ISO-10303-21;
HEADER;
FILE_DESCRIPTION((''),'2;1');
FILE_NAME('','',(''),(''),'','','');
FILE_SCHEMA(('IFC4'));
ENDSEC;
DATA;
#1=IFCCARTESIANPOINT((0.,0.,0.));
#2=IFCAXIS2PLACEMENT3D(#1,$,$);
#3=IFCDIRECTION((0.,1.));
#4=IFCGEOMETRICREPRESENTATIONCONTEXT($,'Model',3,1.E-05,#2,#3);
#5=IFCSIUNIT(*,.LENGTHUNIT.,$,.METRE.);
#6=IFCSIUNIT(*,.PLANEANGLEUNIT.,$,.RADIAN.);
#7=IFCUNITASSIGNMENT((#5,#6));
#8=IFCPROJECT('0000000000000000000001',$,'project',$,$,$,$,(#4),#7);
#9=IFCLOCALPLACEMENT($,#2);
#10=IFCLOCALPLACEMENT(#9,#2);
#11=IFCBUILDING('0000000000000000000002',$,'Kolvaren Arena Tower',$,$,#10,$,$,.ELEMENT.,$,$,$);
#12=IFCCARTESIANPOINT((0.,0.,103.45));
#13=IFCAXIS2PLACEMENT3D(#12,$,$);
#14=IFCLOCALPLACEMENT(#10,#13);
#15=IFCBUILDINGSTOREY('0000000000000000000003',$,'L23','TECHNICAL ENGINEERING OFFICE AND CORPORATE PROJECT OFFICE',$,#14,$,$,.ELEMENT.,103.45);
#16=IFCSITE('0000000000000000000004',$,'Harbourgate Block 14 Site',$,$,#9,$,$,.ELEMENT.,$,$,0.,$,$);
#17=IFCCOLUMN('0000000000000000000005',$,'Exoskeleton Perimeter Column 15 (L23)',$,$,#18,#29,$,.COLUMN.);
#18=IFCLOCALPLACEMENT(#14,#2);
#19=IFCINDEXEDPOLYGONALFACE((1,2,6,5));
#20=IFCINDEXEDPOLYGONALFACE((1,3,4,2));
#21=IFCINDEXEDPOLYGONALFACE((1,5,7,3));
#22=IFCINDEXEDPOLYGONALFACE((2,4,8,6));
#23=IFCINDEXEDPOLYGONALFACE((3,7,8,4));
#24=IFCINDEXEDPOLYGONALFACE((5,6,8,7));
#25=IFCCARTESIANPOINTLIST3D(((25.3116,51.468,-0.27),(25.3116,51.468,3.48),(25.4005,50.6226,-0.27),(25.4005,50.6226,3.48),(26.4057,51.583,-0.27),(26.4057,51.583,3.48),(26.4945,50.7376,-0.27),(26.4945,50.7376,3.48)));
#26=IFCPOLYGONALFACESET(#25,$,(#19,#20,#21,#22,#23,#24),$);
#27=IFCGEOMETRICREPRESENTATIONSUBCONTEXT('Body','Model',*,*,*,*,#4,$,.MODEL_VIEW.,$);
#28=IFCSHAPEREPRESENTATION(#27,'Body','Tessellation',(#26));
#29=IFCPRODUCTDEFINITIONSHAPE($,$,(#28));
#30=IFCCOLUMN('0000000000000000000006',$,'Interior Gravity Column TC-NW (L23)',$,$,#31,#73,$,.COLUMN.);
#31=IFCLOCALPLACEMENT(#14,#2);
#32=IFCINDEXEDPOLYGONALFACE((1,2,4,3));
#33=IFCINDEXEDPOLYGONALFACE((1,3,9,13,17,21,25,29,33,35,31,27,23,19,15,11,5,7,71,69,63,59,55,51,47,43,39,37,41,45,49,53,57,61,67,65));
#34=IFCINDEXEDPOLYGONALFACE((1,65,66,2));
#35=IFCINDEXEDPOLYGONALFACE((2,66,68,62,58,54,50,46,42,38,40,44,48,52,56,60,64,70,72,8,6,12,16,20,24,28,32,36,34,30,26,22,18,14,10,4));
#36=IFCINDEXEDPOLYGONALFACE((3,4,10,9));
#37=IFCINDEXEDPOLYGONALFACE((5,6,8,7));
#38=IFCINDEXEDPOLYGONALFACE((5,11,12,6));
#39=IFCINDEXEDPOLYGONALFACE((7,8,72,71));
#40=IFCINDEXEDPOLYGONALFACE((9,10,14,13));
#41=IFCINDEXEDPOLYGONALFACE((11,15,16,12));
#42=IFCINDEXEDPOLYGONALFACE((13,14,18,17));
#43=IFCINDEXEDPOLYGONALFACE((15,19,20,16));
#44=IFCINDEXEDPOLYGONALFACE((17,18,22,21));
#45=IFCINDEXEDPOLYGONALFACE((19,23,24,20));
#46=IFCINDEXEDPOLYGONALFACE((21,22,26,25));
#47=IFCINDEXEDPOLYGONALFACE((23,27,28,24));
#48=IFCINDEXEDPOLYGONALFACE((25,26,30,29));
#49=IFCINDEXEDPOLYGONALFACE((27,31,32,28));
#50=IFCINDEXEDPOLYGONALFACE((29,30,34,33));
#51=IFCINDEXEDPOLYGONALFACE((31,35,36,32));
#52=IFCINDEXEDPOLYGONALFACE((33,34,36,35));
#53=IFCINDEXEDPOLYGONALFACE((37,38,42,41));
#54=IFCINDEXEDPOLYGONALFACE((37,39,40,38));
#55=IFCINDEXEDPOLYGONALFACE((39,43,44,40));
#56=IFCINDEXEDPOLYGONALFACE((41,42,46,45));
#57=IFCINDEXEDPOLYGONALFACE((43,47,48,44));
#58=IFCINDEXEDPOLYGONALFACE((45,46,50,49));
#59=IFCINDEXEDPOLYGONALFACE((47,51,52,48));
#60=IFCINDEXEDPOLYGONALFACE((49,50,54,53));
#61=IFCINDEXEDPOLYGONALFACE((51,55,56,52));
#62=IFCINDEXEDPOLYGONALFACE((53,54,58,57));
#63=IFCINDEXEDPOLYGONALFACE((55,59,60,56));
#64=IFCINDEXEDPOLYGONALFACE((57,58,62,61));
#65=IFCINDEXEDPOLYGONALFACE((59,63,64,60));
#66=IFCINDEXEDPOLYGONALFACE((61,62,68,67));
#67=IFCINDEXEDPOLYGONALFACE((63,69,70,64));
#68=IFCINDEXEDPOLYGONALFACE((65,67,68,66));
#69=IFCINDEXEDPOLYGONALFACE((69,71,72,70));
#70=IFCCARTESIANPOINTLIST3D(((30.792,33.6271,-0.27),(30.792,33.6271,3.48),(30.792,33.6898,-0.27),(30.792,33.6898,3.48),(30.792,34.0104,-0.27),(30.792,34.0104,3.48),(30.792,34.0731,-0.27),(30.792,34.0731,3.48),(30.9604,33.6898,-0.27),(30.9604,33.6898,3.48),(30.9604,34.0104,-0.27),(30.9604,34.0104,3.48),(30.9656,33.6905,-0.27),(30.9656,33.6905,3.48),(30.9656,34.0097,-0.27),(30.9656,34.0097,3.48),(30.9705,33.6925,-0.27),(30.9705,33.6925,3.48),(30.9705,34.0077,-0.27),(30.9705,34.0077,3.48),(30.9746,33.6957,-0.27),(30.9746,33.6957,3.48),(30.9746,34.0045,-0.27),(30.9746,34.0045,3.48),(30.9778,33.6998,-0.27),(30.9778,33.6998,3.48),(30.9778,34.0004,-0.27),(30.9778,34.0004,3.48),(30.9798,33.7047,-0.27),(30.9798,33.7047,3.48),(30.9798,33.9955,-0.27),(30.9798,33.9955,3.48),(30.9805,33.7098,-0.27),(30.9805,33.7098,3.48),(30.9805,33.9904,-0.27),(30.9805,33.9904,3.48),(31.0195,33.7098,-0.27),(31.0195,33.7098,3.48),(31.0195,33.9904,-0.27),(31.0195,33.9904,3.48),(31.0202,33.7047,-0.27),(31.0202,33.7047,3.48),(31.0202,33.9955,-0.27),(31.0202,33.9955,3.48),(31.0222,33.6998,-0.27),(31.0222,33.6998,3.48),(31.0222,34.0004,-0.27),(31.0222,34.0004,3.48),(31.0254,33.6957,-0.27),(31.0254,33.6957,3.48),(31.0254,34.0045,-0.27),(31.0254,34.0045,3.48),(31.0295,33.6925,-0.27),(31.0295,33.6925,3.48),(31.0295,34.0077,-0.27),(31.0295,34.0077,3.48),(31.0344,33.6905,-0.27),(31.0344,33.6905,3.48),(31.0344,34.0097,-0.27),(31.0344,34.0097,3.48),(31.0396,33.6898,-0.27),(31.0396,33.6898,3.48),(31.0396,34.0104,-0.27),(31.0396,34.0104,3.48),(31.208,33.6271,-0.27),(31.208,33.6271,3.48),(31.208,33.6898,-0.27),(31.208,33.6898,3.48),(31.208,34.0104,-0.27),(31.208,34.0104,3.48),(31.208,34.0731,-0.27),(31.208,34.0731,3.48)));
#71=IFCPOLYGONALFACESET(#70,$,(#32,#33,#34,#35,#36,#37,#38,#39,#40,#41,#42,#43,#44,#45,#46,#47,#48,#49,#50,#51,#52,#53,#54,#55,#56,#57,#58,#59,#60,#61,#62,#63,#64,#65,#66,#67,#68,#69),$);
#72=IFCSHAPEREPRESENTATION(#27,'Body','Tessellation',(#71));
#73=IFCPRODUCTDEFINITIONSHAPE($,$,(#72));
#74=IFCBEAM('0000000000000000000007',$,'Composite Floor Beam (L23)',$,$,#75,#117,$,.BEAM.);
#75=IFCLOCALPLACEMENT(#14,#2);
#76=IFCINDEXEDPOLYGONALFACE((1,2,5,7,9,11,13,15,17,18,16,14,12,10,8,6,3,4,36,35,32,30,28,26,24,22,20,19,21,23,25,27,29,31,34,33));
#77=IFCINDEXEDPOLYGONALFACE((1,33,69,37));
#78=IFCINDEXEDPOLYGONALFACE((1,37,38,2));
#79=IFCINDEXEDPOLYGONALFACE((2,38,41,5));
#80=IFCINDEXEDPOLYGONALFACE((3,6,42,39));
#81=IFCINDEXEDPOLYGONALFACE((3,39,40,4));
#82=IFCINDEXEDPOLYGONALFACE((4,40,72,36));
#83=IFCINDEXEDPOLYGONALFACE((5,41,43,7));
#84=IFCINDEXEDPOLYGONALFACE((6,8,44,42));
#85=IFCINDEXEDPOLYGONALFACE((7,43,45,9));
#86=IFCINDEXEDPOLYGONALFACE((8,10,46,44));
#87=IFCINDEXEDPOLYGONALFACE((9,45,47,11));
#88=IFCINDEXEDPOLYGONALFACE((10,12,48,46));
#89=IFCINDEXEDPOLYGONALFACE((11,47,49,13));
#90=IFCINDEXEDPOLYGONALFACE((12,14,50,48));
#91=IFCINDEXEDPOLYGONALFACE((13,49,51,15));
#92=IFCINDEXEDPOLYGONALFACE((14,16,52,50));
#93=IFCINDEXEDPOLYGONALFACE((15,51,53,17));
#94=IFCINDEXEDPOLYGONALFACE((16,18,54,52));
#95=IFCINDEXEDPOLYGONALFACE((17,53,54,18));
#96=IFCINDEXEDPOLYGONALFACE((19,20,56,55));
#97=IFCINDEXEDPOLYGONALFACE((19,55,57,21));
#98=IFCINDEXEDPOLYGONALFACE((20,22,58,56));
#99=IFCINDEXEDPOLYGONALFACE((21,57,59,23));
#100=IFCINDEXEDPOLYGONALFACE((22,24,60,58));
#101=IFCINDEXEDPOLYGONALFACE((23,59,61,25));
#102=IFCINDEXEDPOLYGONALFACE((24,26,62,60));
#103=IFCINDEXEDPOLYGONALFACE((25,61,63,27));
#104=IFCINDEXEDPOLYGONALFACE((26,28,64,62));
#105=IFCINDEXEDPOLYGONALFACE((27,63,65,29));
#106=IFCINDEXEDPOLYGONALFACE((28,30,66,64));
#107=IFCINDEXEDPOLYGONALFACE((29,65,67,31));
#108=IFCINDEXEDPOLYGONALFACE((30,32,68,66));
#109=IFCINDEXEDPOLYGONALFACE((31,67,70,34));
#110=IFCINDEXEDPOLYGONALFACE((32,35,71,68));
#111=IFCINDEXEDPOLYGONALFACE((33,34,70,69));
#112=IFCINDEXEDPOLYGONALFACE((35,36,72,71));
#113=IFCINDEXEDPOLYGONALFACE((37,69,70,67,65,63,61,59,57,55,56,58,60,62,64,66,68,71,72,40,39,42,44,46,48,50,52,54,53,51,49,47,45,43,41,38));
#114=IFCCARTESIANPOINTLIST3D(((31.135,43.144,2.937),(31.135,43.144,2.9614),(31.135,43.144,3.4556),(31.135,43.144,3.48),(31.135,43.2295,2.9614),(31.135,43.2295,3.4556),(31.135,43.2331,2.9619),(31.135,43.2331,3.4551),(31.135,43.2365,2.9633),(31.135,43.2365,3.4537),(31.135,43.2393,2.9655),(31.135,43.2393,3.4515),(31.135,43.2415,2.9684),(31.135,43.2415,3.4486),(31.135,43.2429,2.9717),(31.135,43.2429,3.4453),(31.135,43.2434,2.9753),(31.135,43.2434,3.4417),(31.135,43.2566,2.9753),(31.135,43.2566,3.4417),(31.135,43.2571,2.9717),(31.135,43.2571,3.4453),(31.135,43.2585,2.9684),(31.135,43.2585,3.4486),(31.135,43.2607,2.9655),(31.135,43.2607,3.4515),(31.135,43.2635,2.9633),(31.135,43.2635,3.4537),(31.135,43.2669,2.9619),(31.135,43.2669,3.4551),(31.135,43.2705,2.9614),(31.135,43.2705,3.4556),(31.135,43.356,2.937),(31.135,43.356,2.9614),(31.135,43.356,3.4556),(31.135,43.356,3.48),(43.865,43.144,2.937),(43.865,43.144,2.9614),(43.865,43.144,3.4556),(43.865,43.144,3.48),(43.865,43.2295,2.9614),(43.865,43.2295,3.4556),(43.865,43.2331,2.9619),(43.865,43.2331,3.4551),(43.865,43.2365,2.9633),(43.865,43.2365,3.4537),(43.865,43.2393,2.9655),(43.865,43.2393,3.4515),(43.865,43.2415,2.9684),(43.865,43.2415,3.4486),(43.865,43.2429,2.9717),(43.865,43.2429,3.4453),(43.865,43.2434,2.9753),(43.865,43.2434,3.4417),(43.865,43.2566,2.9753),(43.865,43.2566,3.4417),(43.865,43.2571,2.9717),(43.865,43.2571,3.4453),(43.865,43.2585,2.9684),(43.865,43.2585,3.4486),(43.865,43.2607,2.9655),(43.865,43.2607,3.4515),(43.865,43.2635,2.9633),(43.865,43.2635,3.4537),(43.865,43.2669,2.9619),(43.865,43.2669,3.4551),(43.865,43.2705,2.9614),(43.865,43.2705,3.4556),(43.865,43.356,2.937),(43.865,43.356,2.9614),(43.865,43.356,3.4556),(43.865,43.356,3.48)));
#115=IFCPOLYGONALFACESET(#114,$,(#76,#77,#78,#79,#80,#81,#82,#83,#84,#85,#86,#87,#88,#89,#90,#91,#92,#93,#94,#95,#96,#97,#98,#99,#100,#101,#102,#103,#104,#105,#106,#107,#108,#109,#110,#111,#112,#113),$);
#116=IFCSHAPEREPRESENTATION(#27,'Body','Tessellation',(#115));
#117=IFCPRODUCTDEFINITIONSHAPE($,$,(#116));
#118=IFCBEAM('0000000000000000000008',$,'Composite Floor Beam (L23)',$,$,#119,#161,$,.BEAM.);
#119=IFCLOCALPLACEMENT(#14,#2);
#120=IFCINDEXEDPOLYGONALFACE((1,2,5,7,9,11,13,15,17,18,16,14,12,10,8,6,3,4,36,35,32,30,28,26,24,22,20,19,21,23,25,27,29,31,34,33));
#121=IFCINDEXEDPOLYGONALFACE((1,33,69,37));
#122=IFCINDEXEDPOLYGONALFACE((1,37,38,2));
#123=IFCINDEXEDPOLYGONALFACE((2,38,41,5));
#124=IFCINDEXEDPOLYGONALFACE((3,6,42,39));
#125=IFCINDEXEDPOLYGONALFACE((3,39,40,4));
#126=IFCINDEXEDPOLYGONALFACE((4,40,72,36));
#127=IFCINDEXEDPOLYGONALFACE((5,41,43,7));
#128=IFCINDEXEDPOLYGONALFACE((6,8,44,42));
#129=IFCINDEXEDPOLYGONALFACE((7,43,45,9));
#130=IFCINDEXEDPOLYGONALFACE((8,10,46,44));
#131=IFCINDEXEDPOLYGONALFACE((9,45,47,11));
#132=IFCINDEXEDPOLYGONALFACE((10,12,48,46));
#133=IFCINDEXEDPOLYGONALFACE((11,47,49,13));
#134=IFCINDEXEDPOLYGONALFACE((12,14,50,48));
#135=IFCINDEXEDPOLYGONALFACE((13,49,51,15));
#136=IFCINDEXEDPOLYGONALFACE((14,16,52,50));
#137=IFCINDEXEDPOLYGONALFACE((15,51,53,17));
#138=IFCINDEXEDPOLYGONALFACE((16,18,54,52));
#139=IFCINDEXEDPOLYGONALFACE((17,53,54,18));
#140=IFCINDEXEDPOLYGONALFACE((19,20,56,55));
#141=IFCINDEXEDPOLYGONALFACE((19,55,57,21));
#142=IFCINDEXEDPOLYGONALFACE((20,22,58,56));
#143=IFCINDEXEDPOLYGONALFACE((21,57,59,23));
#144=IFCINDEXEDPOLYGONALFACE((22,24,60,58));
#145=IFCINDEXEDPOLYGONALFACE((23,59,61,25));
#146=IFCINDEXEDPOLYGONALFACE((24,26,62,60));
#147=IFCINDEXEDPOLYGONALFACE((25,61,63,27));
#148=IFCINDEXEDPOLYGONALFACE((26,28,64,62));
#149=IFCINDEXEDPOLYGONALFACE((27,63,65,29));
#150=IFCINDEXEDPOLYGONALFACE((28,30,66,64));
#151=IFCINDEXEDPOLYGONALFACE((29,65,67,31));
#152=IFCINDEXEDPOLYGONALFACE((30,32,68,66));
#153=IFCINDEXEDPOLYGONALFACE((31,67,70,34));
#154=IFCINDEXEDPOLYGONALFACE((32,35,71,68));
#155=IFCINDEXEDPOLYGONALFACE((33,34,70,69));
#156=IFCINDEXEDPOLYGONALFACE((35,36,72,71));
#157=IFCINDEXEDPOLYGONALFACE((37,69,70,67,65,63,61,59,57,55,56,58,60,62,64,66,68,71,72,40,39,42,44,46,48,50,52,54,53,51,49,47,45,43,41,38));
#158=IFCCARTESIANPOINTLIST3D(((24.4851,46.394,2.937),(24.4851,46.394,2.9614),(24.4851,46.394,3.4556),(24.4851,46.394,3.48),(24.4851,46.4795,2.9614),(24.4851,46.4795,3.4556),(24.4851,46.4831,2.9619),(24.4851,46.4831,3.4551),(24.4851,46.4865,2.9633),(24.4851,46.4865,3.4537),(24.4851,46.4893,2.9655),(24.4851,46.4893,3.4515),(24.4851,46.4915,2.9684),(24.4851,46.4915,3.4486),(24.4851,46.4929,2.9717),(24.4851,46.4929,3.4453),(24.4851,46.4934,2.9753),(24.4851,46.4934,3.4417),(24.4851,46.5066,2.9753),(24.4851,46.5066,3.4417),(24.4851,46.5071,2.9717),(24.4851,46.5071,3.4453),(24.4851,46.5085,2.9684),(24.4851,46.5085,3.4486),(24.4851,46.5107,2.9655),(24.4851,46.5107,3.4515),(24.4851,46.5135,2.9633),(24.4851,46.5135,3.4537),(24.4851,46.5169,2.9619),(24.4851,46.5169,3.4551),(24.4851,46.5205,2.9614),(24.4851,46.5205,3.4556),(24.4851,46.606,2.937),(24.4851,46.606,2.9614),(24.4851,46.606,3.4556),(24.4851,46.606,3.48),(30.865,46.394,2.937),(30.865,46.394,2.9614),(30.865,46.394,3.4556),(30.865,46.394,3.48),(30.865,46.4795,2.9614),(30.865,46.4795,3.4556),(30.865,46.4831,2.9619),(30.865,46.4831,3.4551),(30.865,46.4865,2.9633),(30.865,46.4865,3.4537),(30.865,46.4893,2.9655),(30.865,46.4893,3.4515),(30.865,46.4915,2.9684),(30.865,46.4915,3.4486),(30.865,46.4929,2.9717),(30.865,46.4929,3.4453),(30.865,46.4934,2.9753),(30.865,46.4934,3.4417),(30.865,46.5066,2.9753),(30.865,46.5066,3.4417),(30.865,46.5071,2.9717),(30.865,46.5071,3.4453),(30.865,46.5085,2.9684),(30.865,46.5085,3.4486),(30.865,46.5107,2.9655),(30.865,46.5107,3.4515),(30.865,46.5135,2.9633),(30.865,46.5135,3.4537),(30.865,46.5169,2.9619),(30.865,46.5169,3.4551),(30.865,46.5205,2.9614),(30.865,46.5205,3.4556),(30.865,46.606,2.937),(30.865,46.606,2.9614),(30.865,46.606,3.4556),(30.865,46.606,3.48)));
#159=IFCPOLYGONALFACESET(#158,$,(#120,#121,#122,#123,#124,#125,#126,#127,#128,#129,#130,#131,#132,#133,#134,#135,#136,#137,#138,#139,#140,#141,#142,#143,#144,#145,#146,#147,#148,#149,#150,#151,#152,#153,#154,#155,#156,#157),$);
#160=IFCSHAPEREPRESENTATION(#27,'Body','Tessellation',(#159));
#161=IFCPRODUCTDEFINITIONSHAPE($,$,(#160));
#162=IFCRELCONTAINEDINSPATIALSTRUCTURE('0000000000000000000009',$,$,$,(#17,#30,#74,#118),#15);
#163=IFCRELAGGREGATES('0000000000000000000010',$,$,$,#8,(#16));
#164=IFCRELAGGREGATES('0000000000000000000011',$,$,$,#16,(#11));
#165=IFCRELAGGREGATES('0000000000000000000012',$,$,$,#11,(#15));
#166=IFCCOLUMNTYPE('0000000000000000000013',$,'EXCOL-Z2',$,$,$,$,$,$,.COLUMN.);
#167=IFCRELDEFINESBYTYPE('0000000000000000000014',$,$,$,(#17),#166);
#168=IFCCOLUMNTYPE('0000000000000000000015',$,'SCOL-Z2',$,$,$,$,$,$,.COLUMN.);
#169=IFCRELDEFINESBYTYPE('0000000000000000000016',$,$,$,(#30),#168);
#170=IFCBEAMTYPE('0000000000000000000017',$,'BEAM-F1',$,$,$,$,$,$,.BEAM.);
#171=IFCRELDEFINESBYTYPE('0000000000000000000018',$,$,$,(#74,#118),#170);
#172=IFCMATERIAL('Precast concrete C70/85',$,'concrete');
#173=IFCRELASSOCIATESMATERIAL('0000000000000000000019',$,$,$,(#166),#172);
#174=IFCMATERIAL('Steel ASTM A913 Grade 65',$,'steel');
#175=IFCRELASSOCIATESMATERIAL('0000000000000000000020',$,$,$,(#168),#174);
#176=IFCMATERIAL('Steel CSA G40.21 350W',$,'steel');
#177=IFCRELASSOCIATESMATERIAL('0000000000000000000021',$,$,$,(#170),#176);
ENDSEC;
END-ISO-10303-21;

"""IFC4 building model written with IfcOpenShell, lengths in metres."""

from ifc_helpers import new_model, si_unit, direction, frame, origin, origin_2d, place, context, subcontext, project, spatial, rectangle, i_section, extrude, material, material_profile, profile_set, type_object, element, save


model = new_model("IFC4")

# Units and contexts
model_context = context("Model", 3, precision=1e-05, world=origin(), true_north=direction((0.0, 1.0)))
body_context = subcontext(model_context, "Body", "Model", "MODEL_VIEW")
ifc_project = project(units=[si_unit("LENGTHUNIT", "METRE"), si_unit("PLANEANGLEUNIT", "RADIAN")], contexts=[model_context])

# Site, building, storey
site_placement = place(None, origin())
site = spatial("IfcSite", under=ifc_project, at=site_placement, Name="Harbourgate Block 14 Site", CompositionType="ELEMENT", RefElevation=0.0)
building_placement = place(site_placement, origin())
building = spatial("IfcBuilding", under=site, at=building_placement, Name="Kolvaren Arena Tower", CompositionType="ELEMENT")
storey_placement = place(building_placement, frame((0.0, 0.0, 103.45)))
storey = spatial("IfcBuildingStorey", under=building, at=storey_placement, Name="L23", Description="TECHNICAL ENGINEERING OFFICE AND CORPORATE PROJECT OFFICE", CompositionType="ELEMENT", Elevation=103.45)

# Columns
ifc_material_1 = material(Name="Precast concrete C70/85", Category="concrete")
ifc_material_profile_1 = material_profile(ifc_material_1, rectangle(XDim=1.1001, YDim=0.8501, at=origin_2d()), Name="RC-1100x850")
ifc_profile_set_1 = profile_set([ifc_material_profile_1], Name="Precast concrete C70/85")
column_type_1 = type_object("IfcColumnType", Name="EXCOL-Z2", PredefinedType="COLUMN", material=ifc_profile_set_1)
column_1_placement = place(storey_placement, frame((25.9031, 51.1028, -0.27), z_axis=(0.0, 0.0, 1.0), x_axis=(0.994522, 0.104528, 0.0)))
element("IfcColumn", 1, at=column_1_placement, inside=storey, type_object=column_type_1, Name="Exoskeleton Perimeter Column 15 (L23)", PredefinedType="COLUMN", context=body_context, shape_type="SweptSolid", body=[
    extrude(rectangle(XDim=1.1001, YDim=0.8501, at=origin_2d()), origin(), (0.0, 0.0, 1.0), 3.75),
])
ifc_material_2 = material(Name="Steel ASTM A913 Grade 65", Category="steel")
ifc_material_profile_2 = material_profile(ifc_material_2, i_section(OverallWidth=0.416, OverallDepth=0.446, WebThickness=0.0391, FlangeThickness=0.0627, FilletRadius=0.02, at=origin_2d()), Name="W360x509")
ifc_profile_set_2 = profile_set([ifc_material_profile_2], Name="Steel ASTM A913 Grade 65")
column_type_2 = type_object("IfcColumnType", Name="SCOL-Z2", PredefinedType="COLUMN", material=ifc_profile_set_2)
column_2_placement = place(storey_placement, frame((31.0, 33.8501, -0.27), z_axis=(0.0, 0.0, 1.0), x_axis=(1.0, 0.0, 0.0)))
element("IfcColumn", 2, at=column_2_placement, inside=storey, type_object=column_type_2, Name="Interior Gravity Column TC-NW (L23)", PredefinedType="COLUMN", context=body_context, shape_type="SweptSolid", body=[
    extrude(i_section(OverallWidth=0.416, OverallDepth=0.446, WebThickness=0.0391, FlangeThickness=0.0627, FilletRadius=0.02, at=origin_2d()), origin(), (0.0, 0.0, 1.0), 3.75),
])

# Beams
ifc_material_3 = material(Name="Steel CSA G40.21 350W", Category="steel")
ifc_material_profile_3 = material_profile(ifc_material_3, i_section(OverallWidth=0.2119, OverallDepth=0.543, WebThickness=0.0132, FlangeThickness=0.0244, FilletRadius=0.0139, at=origin_2d()), Name="W530x150")
ifc_profile_set_3 = profile_set([ifc_material_profile_3], Name="Steel CSA G40.21 350W")
beam_type_1 = type_object("IfcBeamType", Name="BEAM-F1", PredefinedType="BEAM", material=ifc_profile_set_3)
beam_1_placement = place(storey_placement, frame((31.135, 43.25, 3.2085), z_axis=(1.0, 0.0, 0.0), x_axis=(0.0, 1.0, 0.0)))
element("IfcBeam", 3, at=beam_1_placement, inside=storey, type_object=beam_type_1, Name="Composite Floor Beam (L23)", PredefinedType="BEAM", context=body_context, shape_type="SweptSolid", body=[
    extrude(i_section(OverallWidth=0.2119, OverallDepth=0.543, WebThickness=0.0132, FlangeThickness=0.0244, FilletRadius=0.0139, at=origin_2d()), origin(), (0.0, 0.0, 1.0), 12.73),
])
for number, where, z_axis, x_axis, name in (
    (4, (24.4851, 46.5, 3.2085), (1.0, 0.0, 0.0), (0.0, 1.0, 0.0), "Composite Floor Beam (L23)"),
):
    element("IfcBeam", number, at=place(storey_placement, frame(where, z_axis=z_axis, x_axis=x_axis)), inside=storey, type_object=beam_type_1, Name=name, PredefinedType="BEAM", context=body_context, shape_type="SweptSolid", body=[
        extrude(i_section(OverallWidth=0.2119, OverallDepth=0.543, WebThickness=0.0132, FlangeThickness=0.0244, FilletRadius=0.0139, at=origin_2d()), origin(), (0.0, 0.0, 1.0), 6.3799),
    ])

save(model, "model.ifc")
